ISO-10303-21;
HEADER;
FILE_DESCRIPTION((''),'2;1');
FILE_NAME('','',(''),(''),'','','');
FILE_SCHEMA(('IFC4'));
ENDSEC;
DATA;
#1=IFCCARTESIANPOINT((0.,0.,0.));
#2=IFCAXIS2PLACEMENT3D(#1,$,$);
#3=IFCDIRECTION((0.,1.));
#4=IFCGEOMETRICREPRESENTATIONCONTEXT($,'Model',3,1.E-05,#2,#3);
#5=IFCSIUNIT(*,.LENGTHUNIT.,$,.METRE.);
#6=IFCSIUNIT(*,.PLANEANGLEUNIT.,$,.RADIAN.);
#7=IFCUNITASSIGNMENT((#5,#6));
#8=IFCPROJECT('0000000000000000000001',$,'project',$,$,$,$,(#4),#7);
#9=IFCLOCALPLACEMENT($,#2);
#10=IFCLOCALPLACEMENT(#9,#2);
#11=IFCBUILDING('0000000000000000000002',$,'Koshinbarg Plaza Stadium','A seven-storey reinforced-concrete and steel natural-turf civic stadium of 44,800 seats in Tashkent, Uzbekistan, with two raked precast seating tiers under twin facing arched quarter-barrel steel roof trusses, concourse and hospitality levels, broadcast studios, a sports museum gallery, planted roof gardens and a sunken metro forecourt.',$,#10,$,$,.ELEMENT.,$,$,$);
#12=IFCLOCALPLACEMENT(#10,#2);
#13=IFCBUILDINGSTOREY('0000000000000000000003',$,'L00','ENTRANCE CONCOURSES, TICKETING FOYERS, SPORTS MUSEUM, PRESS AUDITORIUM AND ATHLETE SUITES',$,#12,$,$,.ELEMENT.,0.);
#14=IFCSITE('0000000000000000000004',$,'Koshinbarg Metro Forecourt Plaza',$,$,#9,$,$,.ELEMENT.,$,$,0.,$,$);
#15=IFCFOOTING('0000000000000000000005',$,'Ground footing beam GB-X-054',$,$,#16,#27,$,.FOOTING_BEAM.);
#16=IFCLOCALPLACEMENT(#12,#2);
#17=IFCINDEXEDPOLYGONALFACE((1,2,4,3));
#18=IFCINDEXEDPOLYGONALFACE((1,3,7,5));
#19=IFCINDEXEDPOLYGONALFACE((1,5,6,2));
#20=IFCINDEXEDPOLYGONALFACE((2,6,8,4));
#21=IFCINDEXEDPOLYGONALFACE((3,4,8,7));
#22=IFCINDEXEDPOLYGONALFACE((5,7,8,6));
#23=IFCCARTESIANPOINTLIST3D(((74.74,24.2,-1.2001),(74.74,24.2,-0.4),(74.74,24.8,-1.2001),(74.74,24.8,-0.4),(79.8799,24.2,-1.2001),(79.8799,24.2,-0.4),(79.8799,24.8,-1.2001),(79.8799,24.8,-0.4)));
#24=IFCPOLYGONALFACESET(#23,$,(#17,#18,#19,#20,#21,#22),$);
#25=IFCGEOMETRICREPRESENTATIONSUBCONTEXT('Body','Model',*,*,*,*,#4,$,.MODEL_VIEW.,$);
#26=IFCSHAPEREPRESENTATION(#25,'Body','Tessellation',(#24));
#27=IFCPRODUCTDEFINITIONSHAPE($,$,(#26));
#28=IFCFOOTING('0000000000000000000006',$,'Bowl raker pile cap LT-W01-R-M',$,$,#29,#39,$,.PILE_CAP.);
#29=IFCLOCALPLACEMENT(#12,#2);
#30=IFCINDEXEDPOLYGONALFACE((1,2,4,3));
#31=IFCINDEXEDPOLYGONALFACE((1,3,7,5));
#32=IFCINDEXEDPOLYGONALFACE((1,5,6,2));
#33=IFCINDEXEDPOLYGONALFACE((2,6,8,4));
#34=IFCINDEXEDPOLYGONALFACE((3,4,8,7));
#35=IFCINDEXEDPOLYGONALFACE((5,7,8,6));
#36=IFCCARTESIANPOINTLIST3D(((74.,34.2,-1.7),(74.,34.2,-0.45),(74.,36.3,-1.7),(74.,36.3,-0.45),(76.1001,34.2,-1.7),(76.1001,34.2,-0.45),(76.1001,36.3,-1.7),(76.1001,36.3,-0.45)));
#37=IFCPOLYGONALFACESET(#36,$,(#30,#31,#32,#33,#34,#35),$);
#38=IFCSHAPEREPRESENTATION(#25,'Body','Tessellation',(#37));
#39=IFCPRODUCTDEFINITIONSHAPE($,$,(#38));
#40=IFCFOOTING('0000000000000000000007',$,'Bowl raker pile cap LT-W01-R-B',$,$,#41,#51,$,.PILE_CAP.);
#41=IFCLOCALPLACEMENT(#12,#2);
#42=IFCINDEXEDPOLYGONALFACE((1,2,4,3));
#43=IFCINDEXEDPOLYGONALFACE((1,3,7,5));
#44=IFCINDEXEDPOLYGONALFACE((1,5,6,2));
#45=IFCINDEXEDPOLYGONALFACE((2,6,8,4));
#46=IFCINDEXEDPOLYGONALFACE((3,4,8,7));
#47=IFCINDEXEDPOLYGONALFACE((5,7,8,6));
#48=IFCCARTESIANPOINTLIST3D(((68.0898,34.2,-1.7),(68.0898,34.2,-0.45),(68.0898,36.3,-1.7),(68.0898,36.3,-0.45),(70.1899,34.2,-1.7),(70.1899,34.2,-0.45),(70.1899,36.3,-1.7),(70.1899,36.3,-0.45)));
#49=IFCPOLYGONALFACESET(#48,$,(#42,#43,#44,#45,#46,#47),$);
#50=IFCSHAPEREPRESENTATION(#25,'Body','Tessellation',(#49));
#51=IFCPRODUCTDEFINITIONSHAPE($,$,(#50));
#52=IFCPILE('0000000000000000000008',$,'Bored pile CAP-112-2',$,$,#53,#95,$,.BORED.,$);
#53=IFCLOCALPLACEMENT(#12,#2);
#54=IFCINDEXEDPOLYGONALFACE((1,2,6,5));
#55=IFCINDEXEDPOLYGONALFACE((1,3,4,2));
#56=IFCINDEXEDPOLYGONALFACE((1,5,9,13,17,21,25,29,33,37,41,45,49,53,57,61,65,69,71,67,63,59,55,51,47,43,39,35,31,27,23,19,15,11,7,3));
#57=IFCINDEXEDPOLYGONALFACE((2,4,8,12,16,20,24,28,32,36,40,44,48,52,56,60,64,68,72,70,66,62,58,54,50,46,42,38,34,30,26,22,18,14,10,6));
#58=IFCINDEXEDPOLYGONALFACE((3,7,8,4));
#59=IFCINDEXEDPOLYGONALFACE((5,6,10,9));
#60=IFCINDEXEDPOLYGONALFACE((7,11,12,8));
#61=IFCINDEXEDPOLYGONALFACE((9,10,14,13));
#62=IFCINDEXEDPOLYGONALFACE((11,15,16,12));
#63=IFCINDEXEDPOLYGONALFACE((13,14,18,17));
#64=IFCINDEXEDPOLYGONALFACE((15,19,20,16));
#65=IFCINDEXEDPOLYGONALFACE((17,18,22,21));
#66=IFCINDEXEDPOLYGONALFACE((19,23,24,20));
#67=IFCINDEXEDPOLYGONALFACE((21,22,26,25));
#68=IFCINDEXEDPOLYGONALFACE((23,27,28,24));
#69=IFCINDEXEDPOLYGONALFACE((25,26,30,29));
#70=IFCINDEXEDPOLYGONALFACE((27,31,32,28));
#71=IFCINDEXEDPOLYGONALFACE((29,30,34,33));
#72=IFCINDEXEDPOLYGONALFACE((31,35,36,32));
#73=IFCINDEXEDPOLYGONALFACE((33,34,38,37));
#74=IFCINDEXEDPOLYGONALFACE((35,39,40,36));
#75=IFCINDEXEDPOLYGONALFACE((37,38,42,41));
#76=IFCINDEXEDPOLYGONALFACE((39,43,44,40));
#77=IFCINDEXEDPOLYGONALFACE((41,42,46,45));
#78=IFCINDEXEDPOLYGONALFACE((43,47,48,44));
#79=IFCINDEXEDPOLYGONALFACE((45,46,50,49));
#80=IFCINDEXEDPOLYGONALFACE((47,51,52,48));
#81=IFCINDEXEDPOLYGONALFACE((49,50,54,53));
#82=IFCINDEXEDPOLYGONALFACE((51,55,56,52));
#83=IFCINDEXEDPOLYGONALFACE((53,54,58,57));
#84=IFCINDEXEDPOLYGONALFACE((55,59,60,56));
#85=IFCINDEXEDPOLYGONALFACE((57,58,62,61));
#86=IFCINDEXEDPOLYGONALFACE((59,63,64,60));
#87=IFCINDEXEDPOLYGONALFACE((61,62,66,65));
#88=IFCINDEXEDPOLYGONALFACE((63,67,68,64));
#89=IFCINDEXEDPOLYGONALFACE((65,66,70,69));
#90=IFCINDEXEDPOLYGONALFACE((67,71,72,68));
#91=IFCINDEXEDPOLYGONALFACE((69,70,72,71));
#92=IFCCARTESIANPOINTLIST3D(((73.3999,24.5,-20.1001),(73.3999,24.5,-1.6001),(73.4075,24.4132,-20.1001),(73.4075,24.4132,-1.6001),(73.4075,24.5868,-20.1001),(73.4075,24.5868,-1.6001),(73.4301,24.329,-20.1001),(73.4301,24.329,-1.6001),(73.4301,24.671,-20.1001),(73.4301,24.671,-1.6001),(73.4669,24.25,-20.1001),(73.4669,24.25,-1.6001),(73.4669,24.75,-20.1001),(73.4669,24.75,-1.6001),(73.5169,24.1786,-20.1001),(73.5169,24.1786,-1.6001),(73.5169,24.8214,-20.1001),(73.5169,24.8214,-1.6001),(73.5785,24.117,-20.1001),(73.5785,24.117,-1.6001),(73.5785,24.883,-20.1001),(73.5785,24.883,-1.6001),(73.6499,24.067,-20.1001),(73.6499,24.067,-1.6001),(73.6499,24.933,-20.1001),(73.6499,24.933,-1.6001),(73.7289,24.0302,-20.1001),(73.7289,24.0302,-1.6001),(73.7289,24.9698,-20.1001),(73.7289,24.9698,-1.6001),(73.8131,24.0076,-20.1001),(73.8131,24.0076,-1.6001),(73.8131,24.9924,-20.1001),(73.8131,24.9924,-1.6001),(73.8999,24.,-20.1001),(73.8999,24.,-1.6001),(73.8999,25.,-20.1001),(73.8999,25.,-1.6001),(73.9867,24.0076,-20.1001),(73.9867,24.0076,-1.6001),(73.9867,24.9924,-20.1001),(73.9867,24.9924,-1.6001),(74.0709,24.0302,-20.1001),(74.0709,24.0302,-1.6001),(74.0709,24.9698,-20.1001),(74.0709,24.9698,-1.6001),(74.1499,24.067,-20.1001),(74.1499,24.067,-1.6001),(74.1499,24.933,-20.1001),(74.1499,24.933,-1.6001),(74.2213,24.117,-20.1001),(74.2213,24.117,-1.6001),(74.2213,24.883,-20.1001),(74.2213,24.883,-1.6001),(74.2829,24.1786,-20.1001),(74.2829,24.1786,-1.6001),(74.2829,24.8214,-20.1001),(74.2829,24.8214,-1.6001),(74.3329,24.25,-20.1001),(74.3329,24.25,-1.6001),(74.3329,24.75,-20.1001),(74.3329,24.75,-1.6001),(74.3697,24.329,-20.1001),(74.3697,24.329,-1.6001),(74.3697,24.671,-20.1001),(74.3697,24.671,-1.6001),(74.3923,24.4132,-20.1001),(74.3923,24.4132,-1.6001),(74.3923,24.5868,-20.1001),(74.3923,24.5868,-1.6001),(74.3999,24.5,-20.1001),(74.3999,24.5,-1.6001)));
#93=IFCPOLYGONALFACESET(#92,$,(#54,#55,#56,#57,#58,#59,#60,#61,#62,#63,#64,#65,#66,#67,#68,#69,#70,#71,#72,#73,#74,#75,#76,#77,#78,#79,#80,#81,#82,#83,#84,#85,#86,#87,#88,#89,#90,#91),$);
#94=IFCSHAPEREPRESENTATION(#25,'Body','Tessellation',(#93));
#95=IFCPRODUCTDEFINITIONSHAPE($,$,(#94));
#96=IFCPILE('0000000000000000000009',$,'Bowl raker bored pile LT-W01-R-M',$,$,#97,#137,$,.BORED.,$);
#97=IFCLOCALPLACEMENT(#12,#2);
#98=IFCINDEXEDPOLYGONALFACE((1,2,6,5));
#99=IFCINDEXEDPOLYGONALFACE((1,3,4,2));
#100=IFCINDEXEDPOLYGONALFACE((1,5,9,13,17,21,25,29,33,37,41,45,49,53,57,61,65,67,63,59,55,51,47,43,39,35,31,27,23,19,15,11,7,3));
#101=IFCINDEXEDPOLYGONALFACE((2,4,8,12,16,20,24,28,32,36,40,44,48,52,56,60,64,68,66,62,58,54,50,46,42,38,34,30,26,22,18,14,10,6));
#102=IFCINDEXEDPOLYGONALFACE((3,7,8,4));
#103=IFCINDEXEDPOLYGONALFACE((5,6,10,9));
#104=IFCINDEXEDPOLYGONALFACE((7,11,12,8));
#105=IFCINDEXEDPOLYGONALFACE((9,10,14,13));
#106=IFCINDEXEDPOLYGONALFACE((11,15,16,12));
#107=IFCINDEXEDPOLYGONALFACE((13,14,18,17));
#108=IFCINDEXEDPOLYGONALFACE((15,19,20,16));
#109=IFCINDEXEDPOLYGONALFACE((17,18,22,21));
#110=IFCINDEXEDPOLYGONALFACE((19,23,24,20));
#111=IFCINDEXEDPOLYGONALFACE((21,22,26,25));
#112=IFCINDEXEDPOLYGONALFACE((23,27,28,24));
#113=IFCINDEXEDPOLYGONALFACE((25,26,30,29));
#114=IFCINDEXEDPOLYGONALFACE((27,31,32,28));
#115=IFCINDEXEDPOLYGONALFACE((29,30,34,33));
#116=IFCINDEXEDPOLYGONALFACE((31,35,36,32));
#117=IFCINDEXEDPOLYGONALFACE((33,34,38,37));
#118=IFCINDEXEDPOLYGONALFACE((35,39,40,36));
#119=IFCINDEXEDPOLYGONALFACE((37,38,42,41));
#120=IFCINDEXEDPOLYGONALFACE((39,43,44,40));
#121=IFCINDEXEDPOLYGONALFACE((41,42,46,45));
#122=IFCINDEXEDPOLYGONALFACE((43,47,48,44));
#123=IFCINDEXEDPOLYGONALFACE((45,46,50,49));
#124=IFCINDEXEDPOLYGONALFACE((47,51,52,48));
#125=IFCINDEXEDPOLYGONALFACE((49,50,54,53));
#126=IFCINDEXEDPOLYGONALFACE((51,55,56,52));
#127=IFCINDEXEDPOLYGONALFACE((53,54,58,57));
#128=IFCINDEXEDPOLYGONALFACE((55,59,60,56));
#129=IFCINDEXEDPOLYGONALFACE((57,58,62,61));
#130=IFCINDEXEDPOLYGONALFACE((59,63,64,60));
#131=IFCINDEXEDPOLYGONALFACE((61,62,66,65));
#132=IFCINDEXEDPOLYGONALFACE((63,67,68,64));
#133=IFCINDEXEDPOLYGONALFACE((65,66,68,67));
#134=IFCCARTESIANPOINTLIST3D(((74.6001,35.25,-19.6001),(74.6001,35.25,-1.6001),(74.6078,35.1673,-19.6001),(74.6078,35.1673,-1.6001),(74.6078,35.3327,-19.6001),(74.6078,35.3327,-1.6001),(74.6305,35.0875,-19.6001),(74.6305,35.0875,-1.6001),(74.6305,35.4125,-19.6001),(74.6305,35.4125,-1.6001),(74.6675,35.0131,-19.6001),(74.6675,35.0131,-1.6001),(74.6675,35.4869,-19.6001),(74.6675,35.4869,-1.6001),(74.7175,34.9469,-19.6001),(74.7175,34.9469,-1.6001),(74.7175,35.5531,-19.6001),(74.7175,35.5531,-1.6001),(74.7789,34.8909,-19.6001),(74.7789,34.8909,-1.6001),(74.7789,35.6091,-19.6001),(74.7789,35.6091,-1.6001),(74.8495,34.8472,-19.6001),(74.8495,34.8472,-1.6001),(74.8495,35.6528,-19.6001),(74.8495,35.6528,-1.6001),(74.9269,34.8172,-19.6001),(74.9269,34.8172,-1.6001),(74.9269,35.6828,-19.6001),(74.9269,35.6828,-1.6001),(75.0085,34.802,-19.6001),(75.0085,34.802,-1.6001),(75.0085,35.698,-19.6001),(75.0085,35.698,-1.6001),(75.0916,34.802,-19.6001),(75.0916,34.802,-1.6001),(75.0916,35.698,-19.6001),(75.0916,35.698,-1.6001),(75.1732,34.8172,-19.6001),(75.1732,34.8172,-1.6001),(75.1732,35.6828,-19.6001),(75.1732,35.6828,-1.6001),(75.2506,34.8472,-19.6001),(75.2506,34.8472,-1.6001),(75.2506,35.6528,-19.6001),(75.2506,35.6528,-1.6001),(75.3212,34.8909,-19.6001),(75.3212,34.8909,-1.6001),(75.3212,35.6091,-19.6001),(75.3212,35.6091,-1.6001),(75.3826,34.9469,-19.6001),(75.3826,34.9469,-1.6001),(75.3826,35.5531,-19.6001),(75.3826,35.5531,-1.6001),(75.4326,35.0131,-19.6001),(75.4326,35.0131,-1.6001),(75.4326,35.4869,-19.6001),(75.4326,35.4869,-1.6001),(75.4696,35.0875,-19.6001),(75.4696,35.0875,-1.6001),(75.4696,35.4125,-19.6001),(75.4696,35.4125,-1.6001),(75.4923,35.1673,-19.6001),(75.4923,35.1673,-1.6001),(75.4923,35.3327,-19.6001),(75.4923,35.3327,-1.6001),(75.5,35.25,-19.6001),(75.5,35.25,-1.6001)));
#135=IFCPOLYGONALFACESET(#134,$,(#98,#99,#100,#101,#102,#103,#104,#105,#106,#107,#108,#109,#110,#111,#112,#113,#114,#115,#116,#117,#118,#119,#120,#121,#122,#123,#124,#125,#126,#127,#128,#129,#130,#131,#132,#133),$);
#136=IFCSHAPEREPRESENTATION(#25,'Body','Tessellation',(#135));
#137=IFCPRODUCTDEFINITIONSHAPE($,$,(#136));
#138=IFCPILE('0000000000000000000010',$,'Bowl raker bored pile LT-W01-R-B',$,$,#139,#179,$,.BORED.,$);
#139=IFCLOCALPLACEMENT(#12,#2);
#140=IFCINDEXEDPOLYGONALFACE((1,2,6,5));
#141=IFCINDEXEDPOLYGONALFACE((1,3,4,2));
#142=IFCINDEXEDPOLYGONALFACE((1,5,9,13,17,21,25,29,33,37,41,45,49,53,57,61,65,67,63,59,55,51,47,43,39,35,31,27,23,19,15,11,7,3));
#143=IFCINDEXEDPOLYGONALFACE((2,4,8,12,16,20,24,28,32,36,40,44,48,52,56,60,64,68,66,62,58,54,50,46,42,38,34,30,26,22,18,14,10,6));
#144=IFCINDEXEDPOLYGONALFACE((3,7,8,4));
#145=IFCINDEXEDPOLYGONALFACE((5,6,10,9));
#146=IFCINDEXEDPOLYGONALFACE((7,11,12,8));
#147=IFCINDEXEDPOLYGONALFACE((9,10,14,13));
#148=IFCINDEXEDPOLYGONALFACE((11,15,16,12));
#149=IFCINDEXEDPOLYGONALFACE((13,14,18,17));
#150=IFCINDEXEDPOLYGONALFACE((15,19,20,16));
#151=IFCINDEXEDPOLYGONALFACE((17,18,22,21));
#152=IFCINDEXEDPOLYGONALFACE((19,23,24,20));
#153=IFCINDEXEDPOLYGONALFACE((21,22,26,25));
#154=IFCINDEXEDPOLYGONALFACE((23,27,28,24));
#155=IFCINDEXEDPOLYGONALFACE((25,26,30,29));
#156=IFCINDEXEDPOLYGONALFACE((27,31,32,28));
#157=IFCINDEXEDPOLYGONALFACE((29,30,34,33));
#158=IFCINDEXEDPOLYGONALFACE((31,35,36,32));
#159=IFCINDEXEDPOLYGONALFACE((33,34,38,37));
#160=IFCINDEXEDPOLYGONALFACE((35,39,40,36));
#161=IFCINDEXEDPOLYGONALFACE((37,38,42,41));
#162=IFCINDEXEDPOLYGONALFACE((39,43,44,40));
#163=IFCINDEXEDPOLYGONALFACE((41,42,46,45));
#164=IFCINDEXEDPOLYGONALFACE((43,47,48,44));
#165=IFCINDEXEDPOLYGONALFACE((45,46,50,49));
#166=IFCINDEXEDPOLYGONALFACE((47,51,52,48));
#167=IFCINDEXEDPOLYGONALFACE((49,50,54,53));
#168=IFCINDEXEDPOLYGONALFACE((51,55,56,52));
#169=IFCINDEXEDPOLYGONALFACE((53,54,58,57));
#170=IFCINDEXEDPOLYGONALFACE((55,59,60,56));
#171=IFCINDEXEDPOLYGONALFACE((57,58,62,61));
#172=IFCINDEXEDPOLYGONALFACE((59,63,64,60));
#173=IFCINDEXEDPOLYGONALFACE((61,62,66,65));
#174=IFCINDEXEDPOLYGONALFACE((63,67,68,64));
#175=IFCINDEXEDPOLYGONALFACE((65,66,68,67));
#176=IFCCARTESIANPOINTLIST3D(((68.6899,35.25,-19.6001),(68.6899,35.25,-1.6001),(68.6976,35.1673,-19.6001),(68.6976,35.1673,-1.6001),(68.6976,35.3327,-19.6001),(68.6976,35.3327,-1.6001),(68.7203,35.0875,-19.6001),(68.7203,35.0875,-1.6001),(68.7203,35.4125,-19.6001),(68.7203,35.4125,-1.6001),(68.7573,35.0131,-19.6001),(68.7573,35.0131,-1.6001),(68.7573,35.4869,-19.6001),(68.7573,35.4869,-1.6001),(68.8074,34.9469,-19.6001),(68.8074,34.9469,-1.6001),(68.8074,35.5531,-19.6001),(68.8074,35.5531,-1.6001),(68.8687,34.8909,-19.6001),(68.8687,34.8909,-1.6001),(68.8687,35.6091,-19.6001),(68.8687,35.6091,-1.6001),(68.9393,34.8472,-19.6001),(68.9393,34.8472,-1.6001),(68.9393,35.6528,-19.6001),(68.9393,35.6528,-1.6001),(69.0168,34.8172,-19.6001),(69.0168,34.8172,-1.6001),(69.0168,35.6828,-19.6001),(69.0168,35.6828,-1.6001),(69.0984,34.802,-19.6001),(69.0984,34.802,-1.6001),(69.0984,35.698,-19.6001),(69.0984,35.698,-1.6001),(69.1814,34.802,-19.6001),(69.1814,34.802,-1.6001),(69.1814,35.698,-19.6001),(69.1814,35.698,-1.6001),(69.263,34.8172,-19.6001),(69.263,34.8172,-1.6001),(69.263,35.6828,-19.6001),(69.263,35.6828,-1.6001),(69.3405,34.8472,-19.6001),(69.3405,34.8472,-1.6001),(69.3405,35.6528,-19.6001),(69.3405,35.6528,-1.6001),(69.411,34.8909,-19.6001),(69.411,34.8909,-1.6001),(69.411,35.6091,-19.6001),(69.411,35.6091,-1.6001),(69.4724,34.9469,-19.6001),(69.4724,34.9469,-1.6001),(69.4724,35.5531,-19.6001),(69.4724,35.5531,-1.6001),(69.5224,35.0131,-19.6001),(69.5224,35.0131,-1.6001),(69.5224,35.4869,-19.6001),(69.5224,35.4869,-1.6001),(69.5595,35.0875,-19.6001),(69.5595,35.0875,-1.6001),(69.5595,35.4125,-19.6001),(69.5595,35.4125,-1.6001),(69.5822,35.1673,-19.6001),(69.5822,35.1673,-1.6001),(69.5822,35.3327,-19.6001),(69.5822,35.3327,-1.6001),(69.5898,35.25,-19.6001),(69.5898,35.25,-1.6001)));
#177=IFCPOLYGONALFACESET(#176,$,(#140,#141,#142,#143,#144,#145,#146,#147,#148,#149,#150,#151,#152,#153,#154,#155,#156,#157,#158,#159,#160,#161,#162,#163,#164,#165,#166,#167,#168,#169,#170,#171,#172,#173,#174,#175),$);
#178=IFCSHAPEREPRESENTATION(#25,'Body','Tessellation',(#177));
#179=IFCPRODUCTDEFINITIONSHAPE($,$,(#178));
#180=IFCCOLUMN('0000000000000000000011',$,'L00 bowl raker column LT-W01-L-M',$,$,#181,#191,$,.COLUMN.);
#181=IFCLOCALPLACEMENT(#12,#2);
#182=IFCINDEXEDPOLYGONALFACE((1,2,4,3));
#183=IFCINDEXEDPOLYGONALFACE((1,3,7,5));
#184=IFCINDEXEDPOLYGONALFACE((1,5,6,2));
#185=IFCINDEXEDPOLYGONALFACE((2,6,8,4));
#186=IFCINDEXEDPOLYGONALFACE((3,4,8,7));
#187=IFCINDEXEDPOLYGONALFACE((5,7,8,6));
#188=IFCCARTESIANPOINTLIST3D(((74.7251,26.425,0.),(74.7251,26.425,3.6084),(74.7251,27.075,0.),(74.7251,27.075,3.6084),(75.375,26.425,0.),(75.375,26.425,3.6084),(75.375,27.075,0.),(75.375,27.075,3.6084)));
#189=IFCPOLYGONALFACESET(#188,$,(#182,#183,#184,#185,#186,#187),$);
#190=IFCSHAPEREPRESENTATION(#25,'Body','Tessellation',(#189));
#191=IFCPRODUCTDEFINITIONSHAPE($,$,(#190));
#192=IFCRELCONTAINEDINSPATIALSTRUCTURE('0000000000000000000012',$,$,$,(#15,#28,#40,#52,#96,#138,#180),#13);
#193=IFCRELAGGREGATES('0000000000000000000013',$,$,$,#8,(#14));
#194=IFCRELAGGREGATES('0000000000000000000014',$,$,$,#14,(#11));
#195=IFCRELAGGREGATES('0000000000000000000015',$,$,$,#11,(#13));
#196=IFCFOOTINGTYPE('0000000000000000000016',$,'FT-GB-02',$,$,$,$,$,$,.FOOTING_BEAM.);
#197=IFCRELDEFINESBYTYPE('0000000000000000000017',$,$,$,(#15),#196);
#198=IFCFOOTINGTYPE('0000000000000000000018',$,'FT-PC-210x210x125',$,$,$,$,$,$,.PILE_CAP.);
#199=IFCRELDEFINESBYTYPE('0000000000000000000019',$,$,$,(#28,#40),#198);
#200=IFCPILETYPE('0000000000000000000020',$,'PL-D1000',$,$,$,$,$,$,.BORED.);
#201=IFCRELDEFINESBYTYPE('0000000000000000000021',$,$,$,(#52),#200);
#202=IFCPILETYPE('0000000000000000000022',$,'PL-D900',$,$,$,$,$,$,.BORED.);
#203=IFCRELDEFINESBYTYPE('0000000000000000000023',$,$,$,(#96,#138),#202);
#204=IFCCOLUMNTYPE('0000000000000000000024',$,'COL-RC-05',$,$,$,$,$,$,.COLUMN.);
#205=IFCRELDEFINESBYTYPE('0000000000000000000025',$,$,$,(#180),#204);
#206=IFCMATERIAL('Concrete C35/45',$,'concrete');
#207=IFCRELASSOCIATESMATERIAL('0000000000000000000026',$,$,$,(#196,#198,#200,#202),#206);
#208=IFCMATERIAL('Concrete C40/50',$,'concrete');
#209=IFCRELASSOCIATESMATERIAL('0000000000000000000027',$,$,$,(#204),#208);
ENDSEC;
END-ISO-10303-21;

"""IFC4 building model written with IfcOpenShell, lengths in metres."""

from ifc_helpers import new_model, si_unit, direction, frame, origin, origin_2d, place, context, subcontext, project, spatial, rectangle, circle, extrude, material, material_profile, profile_set, type_object, element, save


model = new_model("IFC4")

# Units and contexts
model_context = context("Model", 3, precision=1e-05, world=origin(), true_north=direction((0.0, 1.0)))
body_context = subcontext(model_context, "Body", "Model", "MODEL_VIEW")
ifc_project = project(units=[si_unit("LENGTHUNIT", "METRE"), si_unit("PLANEANGLEUNIT", "RADIAN")], contexts=[model_context])

# Site, building, storey
site_placement = place(None, origin())
site = spatial("IfcSite", under=ifc_project, at=site_placement, Name="Koshinbarg Metro Forecourt Plaza", CompositionType="ELEMENT", RefElevation=0.0)
building_placement = place(site_placement, origin())
building = spatial("IfcBuilding", under=site, at=building_placement, Name="Koshinbarg Plaza Stadium", Description="A seven-storey reinforced-concrete and steel natural-turf civic stadium of 44,800 seats in Tashkent, Uzbekistan, with two raked precast seating tiers under twin facing arched quarter-barrel steel roof trusses, concourse and hospitality levels, broadcast studios, a sports museum gallery, planted roof gardens and a sunken metro forecourt.", CompositionType="ELEMENT")
storey_placement = place(building_placement, origin())
storey = spatial("IfcBuildingStorey", under=building, at=storey_placement, Name="L00", Description="ENTRANCE CONCOURSES, TICKETING FOYERS, SPORTS MUSEUM, PRESS AUDITORIUM AND ATHLETE SUITES", CompositionType="ELEMENT", Elevation=0.0)

# Footings
ifc_material_1 = material(Name="Concrete C35/45", Category="concrete")
ifc_material_profile_1 = material_profile(ifc_material_1, rectangle(XDim=0.6001, YDim=0.8, at=origin_2d()), Name="GB 600x800")
ifc_profile_set_1 = profile_set([ifc_material_profile_1], Name="Concrete C35/45")
footing_type_1 = type_object("IfcFootingType", Name="FT-GB-02", PredefinedType="FOOTING_BEAM", material=ifc_profile_set_1)
footing_placement = place(storey_placement, frame((74.74, 24.5, -0.8), z_axis=(1.0, 0.0, 0.0), x_axis=(0.0, 1.0, 0.0)))
element("IfcFooting", 1, at=footing_placement, inside=storey, type_object=footing_type_1, Name="Ground footing beam GB-X-054", PredefinedType="FOOTING_BEAM", context=body_context, shape_type="SweptSolid", body=[
    extrude(rectangle(XDim=0.6001, YDim=0.8, at=origin_2d()), origin(), (0.0, 0.0, 1.0), 5.1399),
])
footing_type_2 = type_object("IfcFootingType", Name="FT-PC-210x210x125", PredefinedType="PILE_CAP", material=ifc_material_1)
for number, where, z_axis, x_axis, name in (
    (2, (75.05, 35.25, -1.7), (0.0, 0.0, 1.0), (1.0, 0.0, 0.0), "Bowl raker pile cap LT-W01-R-M"),
    (3, (69.1399, 35.25, -1.7), (0.0, 0.0, 1.0), (1.0, 0.0, 0.0), "Bowl raker pile cap LT-W01-R-B"),
):
    element("IfcFooting", number, at=place(storey_placement, frame(where, z_axis=z_axis, x_axis=x_axis)), inside=storey, type_object=footing_type_2, Name=name, PredefinedType="PILE_CAP", context=body_context, shape_type="SweptSolid", body=[
        extrude(rectangle(XDim=2.1001, YDim=2.1001, at=origin_2d()), origin(), (0.0, 0.0, 1.0), 1.25),
    ])

# Piles
ifc_material_profile_2 = material_profile(ifc_material_1, circle(Radius=0.5, at=origin_2d()), Name="PILE D1000")
ifc_profile_set_2 = profile_set([ifc_material_profile_2], Name="Concrete C35/45")
pile_type_1 = type_object("IfcPileType", Name="PL-D1000", PredefinedType="BORED", material=ifc_profile_set_2)
pile_placement = place(storey_placement, frame((73.8999, 24.5, -1.6001), z_axis=(0.0, 0.0, -1.0), x_axis=(1.0, 0.0, 0.0)))
element("IfcPile", 4, at=pile_placement, inside=storey, type_object=pile_type_1, Name="Bored pile CAP-112-2", PredefinedType="BORED", context=body_context, shape_type="SweptSolid", body=[
    extrude(circle(Radius=0.5, at=origin_2d()), origin(), (0.0, 0.0, 1.0), 18.5),
])
ifc_material_profile_3 = material_profile(ifc_material_1, circle(Radius=0.45, at=origin_2d()), Name="PILE D900")
ifc_profile_set_3 = profile_set([ifc_material_profile_3], Name="Concrete C35/45")
pile_type_2 = type_object("IfcPileType", Name="PL-D900", PredefinedType="BORED", material=ifc_profile_set_3)
for number, where, z_axis, x_axis, name in (
    (5, (75.05, 35.25, -1.6001), (0.0, 0.0, -1.0), (1.0, 0.0, 0.0), "Bowl raker bored pile LT-W01-R-M"),
    (6, (69.1399, 35.25, -1.6001), (0.0, 0.0, -1.0), (1.0, 0.0, 0.0), "Bowl raker bored pile LT-W01-R-B"),
):
    element("IfcPile", number, at=place(storey_placement, frame(where, z_axis=z_axis, x_axis=x_axis)), inside=storey, type_object=pile_type_2, Name=name, PredefinedType="BORED", context=body_context, shape_type="SweptSolid", body=[
        extrude(circle(Radius=0.45, at=origin_2d()), origin(), (0.0, 0.0, 1.0), 18.0),
    ])

# Column
ifc_material_2 = material(Name="Concrete C40/50", Category="concrete")
ifc_material_profile_4 = material_profile(ifc_material_2, rectangle(XDim=0.6499, YDim=0.6499, at=origin_2d()), Name="RC 650x650")
ifc_profile_set_4 = profile_set([ifc_material_profile_4], Name="Concrete C40/50")
column_type = type_object("IfcColumnType", Name="COL-RC-05", PredefinedType="COLUMN", material=ifc_profile_set_4)
column_1_placement = place(storey_placement, frame((75.05, 26.75, 0.0), z_axis=(0.0, 0.0, 1.0), x_axis=(1.0, 0.0, 0.0)))
element("IfcColumn", 7, at=column_1_placement, inside=storey, type_object=column_type, Name="L00 bowl raker column LT-W01-L-M", PredefinedType="COLUMN", context=body_context, shape_type="SweptSolid", body=[
    extrude(rectangle(XDim=0.6499, YDim=0.6499, at=origin_2d()), origin(), (0.0, 0.0, 1.0), 3.6084),
])

save(model, "model.ifc")
